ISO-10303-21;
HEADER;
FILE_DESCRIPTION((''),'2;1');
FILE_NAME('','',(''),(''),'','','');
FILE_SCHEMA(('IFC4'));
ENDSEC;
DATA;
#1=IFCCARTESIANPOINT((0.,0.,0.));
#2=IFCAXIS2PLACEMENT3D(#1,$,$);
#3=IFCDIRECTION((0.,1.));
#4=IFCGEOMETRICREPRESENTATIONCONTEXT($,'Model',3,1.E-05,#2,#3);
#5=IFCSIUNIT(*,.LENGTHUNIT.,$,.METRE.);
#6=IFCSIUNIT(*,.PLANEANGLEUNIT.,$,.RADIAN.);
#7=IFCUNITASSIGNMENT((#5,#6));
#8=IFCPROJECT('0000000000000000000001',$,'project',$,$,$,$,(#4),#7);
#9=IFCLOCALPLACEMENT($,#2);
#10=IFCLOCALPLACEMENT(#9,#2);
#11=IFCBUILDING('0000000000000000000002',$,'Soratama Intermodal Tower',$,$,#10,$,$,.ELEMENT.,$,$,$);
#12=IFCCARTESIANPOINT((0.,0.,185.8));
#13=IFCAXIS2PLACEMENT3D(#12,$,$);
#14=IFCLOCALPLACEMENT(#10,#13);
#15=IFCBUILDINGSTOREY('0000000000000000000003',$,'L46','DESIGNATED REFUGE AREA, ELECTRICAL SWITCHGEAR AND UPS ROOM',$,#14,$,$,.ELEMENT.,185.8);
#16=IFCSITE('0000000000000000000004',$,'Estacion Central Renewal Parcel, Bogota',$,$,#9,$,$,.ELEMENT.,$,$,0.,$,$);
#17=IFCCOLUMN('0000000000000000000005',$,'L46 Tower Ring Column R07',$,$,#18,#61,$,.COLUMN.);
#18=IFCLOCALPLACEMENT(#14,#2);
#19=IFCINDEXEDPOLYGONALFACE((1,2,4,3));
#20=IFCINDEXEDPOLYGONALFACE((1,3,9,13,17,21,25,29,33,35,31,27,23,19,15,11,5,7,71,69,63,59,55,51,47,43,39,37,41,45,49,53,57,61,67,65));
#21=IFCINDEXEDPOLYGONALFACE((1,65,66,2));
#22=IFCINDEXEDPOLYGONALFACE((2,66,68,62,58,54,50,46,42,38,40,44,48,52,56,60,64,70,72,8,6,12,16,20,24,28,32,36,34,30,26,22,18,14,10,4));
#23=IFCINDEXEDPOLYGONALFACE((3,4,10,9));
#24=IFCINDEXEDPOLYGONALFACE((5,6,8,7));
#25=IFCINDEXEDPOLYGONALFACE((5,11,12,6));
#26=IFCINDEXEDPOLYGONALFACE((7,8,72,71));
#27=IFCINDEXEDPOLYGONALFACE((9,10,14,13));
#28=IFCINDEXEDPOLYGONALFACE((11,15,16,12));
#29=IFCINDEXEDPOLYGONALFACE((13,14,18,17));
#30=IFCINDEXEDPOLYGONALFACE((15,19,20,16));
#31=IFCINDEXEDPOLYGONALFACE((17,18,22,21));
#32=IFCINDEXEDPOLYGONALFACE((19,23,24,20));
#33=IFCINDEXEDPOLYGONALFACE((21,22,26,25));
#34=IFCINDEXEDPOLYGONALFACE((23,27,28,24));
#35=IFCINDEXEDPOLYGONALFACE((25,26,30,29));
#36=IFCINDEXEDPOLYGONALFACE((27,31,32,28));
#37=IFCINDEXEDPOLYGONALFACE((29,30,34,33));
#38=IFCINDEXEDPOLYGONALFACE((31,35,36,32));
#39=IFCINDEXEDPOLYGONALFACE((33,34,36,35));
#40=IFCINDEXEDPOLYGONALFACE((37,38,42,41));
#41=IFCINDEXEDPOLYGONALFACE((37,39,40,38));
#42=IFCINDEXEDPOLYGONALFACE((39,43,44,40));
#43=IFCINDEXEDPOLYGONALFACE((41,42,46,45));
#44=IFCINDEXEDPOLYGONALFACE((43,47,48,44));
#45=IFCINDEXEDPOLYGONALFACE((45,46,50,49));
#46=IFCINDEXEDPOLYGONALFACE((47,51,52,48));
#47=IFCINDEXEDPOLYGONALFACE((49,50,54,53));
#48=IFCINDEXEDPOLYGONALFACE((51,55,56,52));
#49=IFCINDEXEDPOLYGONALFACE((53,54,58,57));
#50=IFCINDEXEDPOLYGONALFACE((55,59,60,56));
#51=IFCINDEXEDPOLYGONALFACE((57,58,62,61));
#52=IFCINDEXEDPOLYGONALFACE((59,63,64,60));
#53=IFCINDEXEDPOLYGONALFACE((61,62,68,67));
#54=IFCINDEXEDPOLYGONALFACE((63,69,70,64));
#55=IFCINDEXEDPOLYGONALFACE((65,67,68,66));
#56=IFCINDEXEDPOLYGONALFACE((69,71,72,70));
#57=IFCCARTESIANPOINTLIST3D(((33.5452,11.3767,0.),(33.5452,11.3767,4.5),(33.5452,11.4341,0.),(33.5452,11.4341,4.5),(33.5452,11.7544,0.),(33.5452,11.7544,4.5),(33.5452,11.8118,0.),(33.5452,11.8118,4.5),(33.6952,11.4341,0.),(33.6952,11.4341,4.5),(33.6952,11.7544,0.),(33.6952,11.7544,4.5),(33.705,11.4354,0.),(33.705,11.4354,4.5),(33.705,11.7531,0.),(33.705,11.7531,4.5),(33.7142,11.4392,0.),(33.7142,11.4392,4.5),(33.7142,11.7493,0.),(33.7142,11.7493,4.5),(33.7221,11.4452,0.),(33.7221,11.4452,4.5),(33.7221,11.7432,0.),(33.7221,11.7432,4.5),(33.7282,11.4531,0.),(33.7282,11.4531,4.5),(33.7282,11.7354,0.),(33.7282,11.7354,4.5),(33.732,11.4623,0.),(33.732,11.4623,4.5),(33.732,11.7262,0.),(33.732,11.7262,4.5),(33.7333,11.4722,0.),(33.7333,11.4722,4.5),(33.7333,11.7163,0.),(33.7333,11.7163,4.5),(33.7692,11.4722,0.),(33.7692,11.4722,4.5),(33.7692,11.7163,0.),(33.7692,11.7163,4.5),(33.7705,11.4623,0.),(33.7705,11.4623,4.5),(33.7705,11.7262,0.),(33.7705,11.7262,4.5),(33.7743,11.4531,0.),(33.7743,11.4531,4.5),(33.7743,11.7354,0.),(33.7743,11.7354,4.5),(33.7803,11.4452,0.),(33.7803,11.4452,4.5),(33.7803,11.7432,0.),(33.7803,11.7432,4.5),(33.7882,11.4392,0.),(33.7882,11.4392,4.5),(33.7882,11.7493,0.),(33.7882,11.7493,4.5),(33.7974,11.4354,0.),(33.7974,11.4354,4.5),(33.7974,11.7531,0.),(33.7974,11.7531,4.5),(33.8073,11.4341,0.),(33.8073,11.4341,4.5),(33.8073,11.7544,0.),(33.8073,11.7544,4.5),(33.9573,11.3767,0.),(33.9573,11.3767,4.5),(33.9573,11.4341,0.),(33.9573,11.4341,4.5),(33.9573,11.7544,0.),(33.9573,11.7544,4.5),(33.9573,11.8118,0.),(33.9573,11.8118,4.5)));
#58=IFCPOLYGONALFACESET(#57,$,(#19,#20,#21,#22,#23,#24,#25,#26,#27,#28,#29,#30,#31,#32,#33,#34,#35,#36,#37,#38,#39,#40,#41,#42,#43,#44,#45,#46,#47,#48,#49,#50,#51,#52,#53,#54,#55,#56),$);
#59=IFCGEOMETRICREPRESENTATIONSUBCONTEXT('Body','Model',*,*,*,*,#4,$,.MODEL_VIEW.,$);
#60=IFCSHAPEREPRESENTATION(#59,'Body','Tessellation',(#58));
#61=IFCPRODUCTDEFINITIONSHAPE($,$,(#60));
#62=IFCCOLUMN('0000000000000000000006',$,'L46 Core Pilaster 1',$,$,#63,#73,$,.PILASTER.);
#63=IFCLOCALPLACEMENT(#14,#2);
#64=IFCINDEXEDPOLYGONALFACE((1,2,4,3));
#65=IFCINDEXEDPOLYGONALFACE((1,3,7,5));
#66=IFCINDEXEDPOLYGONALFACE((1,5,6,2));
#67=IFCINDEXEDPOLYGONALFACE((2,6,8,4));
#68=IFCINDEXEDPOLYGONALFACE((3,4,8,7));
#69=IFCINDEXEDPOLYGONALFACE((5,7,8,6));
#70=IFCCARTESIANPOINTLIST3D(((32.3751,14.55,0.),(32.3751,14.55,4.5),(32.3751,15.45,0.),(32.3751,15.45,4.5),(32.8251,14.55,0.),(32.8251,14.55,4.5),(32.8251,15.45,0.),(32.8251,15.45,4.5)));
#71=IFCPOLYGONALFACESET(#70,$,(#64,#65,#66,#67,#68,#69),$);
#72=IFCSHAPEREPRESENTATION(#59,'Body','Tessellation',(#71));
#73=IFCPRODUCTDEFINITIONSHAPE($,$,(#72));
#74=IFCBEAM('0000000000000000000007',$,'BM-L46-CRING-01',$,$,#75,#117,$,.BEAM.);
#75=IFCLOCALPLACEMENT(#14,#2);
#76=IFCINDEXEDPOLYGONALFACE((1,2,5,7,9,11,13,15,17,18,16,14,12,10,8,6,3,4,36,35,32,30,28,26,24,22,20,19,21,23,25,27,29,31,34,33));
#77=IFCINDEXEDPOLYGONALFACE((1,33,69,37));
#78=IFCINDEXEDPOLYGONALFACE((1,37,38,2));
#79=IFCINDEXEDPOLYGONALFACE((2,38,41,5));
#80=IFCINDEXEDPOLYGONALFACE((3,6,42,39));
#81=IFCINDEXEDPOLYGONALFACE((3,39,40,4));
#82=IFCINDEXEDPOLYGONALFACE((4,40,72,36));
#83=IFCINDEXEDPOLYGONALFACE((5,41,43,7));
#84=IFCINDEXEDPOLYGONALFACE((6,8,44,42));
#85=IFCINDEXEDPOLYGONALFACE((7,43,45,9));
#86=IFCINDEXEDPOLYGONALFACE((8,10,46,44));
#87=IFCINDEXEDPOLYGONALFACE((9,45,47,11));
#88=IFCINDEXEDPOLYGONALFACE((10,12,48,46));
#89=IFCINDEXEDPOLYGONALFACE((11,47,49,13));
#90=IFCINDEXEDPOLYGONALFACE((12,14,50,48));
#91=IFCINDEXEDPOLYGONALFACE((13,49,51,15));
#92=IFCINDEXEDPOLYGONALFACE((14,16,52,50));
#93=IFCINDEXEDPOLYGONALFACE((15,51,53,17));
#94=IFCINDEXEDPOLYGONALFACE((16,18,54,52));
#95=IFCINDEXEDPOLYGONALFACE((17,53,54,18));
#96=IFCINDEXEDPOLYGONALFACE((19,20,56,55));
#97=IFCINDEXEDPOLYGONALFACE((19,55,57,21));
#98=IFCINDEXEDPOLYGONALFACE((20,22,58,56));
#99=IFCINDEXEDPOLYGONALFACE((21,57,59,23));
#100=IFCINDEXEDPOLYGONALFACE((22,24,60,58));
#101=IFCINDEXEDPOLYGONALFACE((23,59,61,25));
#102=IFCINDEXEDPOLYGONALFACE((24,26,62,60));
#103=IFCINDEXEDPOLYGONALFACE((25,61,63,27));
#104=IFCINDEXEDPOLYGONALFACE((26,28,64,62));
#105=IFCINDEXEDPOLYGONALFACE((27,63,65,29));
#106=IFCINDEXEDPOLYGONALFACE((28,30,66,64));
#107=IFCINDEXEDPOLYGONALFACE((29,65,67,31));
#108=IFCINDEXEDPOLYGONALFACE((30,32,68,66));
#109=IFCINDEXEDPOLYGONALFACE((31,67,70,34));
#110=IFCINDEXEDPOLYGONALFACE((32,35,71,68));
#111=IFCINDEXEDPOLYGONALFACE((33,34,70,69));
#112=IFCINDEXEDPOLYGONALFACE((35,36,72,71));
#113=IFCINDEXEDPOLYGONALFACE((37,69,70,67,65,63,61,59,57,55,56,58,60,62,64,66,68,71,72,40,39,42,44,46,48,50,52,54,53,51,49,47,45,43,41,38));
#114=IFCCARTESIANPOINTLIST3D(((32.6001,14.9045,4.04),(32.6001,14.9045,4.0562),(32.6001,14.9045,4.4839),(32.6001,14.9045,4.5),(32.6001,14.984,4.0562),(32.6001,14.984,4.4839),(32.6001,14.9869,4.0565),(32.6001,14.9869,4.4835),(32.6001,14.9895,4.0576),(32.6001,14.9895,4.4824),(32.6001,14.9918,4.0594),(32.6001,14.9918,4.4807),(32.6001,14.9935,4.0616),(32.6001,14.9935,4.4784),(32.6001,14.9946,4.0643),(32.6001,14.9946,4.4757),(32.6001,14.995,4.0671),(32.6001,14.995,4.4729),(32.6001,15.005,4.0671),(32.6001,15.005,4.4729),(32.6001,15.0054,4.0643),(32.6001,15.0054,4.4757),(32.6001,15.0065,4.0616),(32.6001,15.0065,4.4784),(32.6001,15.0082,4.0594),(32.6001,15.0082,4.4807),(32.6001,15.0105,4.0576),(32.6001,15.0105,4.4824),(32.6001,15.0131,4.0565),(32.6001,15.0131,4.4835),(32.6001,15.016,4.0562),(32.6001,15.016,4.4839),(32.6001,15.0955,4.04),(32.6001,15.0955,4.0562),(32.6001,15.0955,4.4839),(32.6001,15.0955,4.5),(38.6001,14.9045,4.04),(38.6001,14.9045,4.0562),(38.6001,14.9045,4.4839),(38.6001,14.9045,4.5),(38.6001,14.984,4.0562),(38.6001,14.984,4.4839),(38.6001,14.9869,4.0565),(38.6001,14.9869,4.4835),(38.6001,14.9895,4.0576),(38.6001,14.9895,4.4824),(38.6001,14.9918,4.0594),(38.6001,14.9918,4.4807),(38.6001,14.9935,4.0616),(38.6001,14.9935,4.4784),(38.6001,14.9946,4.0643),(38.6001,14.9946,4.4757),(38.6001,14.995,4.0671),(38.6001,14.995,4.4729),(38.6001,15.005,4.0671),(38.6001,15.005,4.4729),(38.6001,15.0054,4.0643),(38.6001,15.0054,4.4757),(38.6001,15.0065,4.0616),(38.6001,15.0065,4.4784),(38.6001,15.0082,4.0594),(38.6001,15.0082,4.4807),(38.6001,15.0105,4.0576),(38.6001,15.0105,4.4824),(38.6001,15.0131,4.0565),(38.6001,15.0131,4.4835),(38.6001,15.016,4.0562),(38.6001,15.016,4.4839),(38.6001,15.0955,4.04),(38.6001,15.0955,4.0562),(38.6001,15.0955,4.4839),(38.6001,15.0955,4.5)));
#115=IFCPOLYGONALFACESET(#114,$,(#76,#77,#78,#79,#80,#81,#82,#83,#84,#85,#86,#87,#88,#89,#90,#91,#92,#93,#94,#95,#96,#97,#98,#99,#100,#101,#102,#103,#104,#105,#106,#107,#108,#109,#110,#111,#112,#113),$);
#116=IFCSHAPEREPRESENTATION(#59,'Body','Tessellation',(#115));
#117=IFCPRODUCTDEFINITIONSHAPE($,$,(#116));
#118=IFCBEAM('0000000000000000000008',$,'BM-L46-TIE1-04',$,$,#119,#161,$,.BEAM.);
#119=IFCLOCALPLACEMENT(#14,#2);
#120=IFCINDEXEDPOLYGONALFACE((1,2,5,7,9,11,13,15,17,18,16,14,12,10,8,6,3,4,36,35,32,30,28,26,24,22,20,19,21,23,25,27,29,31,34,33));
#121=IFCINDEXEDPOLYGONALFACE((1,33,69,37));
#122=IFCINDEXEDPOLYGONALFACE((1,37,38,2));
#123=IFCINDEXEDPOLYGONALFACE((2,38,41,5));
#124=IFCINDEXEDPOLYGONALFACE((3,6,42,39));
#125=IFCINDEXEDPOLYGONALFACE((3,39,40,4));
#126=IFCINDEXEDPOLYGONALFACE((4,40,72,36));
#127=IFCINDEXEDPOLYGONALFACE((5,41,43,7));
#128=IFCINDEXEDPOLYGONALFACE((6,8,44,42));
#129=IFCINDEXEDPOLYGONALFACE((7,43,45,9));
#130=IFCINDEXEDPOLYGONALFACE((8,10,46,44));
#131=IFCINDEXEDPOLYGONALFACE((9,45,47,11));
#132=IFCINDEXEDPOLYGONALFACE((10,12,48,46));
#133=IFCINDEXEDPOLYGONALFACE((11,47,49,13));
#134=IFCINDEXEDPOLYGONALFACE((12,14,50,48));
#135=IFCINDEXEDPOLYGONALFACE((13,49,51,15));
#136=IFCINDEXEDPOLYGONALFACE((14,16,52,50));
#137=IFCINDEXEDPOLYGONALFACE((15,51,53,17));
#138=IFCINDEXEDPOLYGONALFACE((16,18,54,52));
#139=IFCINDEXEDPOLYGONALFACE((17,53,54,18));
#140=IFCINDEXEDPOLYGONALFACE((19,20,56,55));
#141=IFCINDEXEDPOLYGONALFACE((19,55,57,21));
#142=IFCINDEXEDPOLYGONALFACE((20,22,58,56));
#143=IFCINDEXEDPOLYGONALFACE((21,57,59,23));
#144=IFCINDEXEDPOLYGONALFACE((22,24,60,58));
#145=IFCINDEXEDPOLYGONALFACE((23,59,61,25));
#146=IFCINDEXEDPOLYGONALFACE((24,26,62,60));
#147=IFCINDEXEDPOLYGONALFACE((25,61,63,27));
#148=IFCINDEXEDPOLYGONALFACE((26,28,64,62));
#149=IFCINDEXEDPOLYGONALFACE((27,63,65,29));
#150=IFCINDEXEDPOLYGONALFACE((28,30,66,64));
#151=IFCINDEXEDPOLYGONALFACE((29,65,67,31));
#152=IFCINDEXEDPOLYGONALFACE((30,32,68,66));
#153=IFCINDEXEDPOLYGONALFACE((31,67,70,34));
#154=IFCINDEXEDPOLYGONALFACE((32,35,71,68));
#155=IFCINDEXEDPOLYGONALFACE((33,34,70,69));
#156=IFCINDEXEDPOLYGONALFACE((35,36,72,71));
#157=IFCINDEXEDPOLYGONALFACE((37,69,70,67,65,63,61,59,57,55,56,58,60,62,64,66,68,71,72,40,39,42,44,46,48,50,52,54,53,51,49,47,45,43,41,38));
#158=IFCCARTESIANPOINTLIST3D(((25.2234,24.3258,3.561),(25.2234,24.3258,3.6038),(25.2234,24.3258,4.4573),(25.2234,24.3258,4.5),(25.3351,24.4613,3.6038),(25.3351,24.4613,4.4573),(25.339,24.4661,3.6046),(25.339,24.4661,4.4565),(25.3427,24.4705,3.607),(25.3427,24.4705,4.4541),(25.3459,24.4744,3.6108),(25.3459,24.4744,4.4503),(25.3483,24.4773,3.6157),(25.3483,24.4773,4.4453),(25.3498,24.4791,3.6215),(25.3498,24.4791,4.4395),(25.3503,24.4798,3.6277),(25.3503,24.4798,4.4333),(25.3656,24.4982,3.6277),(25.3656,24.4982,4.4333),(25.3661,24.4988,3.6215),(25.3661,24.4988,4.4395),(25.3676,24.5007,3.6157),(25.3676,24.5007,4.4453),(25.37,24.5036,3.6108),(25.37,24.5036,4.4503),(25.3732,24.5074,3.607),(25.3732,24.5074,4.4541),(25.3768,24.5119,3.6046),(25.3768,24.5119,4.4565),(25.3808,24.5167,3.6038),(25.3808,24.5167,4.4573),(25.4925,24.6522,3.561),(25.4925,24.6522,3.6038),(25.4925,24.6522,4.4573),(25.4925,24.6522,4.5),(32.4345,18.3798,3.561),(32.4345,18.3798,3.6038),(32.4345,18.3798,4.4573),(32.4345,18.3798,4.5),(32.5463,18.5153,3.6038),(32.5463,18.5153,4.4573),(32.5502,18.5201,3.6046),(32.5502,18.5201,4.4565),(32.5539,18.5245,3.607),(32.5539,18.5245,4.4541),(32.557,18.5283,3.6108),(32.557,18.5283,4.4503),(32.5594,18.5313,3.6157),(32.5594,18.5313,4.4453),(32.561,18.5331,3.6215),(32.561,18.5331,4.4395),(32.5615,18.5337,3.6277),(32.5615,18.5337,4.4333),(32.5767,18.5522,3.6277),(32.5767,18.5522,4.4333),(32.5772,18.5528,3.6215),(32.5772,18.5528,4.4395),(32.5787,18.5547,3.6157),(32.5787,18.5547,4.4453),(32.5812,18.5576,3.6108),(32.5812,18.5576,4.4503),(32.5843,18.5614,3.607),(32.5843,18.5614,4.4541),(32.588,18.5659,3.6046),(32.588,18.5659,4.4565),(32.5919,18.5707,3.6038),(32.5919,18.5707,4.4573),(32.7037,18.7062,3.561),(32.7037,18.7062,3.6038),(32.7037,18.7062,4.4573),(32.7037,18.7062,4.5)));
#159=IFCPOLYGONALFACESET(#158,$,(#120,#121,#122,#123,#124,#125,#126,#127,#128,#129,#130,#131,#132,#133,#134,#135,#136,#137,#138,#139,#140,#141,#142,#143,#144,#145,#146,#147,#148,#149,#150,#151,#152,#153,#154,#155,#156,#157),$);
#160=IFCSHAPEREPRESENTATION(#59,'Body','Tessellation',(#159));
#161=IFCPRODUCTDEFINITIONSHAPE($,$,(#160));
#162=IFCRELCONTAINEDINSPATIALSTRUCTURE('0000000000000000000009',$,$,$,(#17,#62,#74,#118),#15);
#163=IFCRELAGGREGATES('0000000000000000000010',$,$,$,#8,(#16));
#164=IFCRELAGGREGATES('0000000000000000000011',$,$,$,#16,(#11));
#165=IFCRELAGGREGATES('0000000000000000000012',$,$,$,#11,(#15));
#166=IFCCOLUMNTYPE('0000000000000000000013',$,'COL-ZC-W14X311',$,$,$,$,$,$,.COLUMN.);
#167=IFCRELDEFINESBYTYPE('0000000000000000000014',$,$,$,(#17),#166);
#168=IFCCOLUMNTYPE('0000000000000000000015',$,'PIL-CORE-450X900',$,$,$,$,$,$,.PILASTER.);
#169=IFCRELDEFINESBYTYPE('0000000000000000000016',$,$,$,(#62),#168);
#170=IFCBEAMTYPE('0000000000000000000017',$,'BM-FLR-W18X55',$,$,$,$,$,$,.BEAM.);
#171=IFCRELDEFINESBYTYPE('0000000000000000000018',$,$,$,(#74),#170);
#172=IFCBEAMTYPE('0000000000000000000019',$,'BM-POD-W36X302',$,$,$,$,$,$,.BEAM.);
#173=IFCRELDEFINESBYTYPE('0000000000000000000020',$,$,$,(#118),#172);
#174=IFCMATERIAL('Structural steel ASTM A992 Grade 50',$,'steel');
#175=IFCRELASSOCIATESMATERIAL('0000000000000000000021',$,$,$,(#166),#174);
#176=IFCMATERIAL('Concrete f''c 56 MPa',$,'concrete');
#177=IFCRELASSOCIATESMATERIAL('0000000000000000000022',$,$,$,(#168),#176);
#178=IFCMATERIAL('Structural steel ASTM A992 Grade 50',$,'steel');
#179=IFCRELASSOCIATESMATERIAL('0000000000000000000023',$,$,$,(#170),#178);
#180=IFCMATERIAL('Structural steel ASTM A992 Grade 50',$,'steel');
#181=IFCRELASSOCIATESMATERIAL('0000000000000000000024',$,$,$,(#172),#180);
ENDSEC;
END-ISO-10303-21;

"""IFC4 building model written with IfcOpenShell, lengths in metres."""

from ifc_helpers import new_model, si_unit, direction, frame, origin, origin_2d, place, context, subcontext, project, spatial, rectangle, i_section, extrude, material, material_profile, profile_set, type_object, element, save


model = new_model("IFC4")

# Units and contexts
model_context = context("Model", 3, precision=1e-05, world=origin(), true_north=direction((0.0, 1.0)))
body_context = subcontext(model_context, "Body", "Model", "MODEL_VIEW")
ifc_project = project(units=[si_unit("LENGTHUNIT", "METRE"), si_unit("PLANEANGLEUNIT", "RADIAN")], contexts=[model_context])

# Site, building, storey
site_placement = place(None, origin())
site = spatial("IfcSite", under=ifc_project, at=site_placement, Name="Estacion Central Renewal Parcel, Bogota", CompositionType="ELEMENT", RefElevation=0.0)
building_placement = place(site_placement, origin())
building = spatial("IfcBuilding", under=site, at=building_placement, Name="Soratama Intermodal Tower", CompositionType="ELEMENT")
storey_placement = place(building_placement, frame((0.0, 0.0, 185.8)))
storey = spatial("IfcBuildingStorey", under=building, at=storey_placement, Name="L46", Description="DESIGNATED REFUGE AREA, ELECTRICAL SWITCHGEAR AND UPS ROOM", CompositionType="ELEMENT", Elevation=185.8)

# Columns
ifc_material_1 = material(Name="Structural steel ASTM A992 Grade 50", Category="steel")
ifc_material_profile_1 = material_profile(ifc_material_1, i_section(OverallWidth=0.4121, OverallDepth=0.4351, WebThickness=0.0359, FlangeThickness=0.0574, FilletRadius=0.0381, at=origin_2d()), Name="W14X311")
ifc_profile_set_1 = profile_set([ifc_material_profile_1], Name="Structural steel ASTM A992 Grade 50")
column_type_1 = type_object("IfcColumnType", Name="COL-ZC-W14X311", PredefinedType="COLUMN", material=ifc_profile_set_1)
column_1_placement = place(storey_placement, frame((33.7512, 11.5942, 0.0), z_axis=(0.0, 0.0, 1.0), x_axis=(1.0, 0.0, 0.0)))
element("IfcColumn", 1, at=column_1_placement, inside=storey, type_object=column_type_1, Name="L46 Tower Ring Column R07", PredefinedType="COLUMN", context=body_context, shape_type="SweptSolid", body=[
    extrude(i_section(OverallWidth=0.4121, OverallDepth=0.4351, WebThickness=0.0359, FlangeThickness=0.0574, FilletRadius=0.0381, at=origin_2d()), origin(), (0.0, 0.0, 1.0), 4.5),
])
ifc_material_2 = material(Name="Concrete f'c 56 MPa", Category="concrete")
ifc_material_profile_2 = material_profile(ifc_material_2, rectangle(XDim=0.45, YDim=0.8999, at=origin_2d()), Name="RC450X900")
ifc_profile_set_2 = profile_set([ifc_material_profile_2], Name="Concrete f'c 56 MPa")
column_type_2 = type_object("IfcColumnType", Name="PIL-CORE-450X900", PredefinedType="PILASTER", material=ifc_profile_set_2)
column_2_placement = place(storey_placement, frame((32.6001, 15.0, 0.0), z_axis=(0.0, 0.0, 1.0), x_axis=(1.0, 0.0, 0.0)))
element("IfcColumn", 2, at=column_2_placement, inside=storey, type_object=column_type_2, Name="L46 Core Pilaster 1", PredefinedType="PILASTER", context=body_context, shape_type="SweptSolid", body=[
    extrude(rectangle(XDim=0.45, YDim=0.8999, at=origin_2d()), origin(), (0.0, 0.0, 1.0), 4.5),
])

# Beams
ifc_material_3 = material(Name="Structural steel ASTM A992 Grade 50", Category="steel")
ifc_material_profile_3 = material_profile(ifc_material_3, i_section(OverallWidth=0.1909, OverallDepth=0.46, WebThickness=0.01, FlangeThickness=0.0161, FilletRadius=0.011, at=origin_2d()), Name="W18X55")
ifc_profile_set_3 = profile_set([ifc_material_profile_3], Name="Structural steel ASTM A992 Grade 50")
beam_type_1 = type_object("IfcBeamType", Name="BM-FLR-W18X55", PredefinedType="BEAM", material=ifc_profile_set_3)
beam_1_placement = place(storey_placement, frame((32.6001, 15.0, 4.27), z_axis=(1.0, 0.0, 0.0), x_axis=(0.0, 1.0, 0.0)))
element("IfcBeam", 3, at=beam_1_placement, inside=storey, type_object=beam_type_1, Name="BM-L46-CRING-01", PredefinedType="BEAM", context=body_context, shape_type="SweptSolid", body=[
    extrude(i_section(OverallWidth=0.1909, OverallDepth=0.46, WebThickness=0.01, FlangeThickness=0.0161, FilletRadius=0.011, at=origin_2d()), origin(), (0.0, 0.0, 1.0), 6.0),
])
ifc_material_4 = material(Name="Structural steel ASTM A992 Grade 50", Category="steel")
ifc_material_profile_4 = material_profile(ifc_material_4, i_section(OverallWidth=0.4231, OverallDepth=0.939, WebThickness=0.0239, FlangeThickness=0.0427, FilletRadius=0.0239, at=origin_2d()), Name="W36X302")
ifc_profile_set_4 = profile_set([ifc_material_profile_4], Name="Structural steel ASTM A992 Grade 50")
beam_type_2 = type_object("IfcBeamType", Name="BM-POD-W36X302", PredefinedType="BEAM", material=ifc_profile_set_4)
beam_2_placement = place(storey_placement, frame((32.5691, 18.543, 4.0305), z_axis=(-0.77154, 0.63618, 0.0), x_axis=(-0.63618, -0.77154, 0.0)))
element("IfcBeam", 4, at=beam_2_placement, inside=storey, type_object=beam_type_2, Name="BM-L46-TIE1-04", PredefinedType="BEAM", context=body_context, shape_type="SweptSolid", body=[
    extrude(i_section(OverallWidth=0.4231, OverallDepth=0.939, WebThickness=0.0239, FlangeThickness=0.0427, FilletRadius=0.0239, at=origin_2d()), origin(), (0.0, 0.0, 1.0), 9.3464),
])

save(model, "model.ifc")
